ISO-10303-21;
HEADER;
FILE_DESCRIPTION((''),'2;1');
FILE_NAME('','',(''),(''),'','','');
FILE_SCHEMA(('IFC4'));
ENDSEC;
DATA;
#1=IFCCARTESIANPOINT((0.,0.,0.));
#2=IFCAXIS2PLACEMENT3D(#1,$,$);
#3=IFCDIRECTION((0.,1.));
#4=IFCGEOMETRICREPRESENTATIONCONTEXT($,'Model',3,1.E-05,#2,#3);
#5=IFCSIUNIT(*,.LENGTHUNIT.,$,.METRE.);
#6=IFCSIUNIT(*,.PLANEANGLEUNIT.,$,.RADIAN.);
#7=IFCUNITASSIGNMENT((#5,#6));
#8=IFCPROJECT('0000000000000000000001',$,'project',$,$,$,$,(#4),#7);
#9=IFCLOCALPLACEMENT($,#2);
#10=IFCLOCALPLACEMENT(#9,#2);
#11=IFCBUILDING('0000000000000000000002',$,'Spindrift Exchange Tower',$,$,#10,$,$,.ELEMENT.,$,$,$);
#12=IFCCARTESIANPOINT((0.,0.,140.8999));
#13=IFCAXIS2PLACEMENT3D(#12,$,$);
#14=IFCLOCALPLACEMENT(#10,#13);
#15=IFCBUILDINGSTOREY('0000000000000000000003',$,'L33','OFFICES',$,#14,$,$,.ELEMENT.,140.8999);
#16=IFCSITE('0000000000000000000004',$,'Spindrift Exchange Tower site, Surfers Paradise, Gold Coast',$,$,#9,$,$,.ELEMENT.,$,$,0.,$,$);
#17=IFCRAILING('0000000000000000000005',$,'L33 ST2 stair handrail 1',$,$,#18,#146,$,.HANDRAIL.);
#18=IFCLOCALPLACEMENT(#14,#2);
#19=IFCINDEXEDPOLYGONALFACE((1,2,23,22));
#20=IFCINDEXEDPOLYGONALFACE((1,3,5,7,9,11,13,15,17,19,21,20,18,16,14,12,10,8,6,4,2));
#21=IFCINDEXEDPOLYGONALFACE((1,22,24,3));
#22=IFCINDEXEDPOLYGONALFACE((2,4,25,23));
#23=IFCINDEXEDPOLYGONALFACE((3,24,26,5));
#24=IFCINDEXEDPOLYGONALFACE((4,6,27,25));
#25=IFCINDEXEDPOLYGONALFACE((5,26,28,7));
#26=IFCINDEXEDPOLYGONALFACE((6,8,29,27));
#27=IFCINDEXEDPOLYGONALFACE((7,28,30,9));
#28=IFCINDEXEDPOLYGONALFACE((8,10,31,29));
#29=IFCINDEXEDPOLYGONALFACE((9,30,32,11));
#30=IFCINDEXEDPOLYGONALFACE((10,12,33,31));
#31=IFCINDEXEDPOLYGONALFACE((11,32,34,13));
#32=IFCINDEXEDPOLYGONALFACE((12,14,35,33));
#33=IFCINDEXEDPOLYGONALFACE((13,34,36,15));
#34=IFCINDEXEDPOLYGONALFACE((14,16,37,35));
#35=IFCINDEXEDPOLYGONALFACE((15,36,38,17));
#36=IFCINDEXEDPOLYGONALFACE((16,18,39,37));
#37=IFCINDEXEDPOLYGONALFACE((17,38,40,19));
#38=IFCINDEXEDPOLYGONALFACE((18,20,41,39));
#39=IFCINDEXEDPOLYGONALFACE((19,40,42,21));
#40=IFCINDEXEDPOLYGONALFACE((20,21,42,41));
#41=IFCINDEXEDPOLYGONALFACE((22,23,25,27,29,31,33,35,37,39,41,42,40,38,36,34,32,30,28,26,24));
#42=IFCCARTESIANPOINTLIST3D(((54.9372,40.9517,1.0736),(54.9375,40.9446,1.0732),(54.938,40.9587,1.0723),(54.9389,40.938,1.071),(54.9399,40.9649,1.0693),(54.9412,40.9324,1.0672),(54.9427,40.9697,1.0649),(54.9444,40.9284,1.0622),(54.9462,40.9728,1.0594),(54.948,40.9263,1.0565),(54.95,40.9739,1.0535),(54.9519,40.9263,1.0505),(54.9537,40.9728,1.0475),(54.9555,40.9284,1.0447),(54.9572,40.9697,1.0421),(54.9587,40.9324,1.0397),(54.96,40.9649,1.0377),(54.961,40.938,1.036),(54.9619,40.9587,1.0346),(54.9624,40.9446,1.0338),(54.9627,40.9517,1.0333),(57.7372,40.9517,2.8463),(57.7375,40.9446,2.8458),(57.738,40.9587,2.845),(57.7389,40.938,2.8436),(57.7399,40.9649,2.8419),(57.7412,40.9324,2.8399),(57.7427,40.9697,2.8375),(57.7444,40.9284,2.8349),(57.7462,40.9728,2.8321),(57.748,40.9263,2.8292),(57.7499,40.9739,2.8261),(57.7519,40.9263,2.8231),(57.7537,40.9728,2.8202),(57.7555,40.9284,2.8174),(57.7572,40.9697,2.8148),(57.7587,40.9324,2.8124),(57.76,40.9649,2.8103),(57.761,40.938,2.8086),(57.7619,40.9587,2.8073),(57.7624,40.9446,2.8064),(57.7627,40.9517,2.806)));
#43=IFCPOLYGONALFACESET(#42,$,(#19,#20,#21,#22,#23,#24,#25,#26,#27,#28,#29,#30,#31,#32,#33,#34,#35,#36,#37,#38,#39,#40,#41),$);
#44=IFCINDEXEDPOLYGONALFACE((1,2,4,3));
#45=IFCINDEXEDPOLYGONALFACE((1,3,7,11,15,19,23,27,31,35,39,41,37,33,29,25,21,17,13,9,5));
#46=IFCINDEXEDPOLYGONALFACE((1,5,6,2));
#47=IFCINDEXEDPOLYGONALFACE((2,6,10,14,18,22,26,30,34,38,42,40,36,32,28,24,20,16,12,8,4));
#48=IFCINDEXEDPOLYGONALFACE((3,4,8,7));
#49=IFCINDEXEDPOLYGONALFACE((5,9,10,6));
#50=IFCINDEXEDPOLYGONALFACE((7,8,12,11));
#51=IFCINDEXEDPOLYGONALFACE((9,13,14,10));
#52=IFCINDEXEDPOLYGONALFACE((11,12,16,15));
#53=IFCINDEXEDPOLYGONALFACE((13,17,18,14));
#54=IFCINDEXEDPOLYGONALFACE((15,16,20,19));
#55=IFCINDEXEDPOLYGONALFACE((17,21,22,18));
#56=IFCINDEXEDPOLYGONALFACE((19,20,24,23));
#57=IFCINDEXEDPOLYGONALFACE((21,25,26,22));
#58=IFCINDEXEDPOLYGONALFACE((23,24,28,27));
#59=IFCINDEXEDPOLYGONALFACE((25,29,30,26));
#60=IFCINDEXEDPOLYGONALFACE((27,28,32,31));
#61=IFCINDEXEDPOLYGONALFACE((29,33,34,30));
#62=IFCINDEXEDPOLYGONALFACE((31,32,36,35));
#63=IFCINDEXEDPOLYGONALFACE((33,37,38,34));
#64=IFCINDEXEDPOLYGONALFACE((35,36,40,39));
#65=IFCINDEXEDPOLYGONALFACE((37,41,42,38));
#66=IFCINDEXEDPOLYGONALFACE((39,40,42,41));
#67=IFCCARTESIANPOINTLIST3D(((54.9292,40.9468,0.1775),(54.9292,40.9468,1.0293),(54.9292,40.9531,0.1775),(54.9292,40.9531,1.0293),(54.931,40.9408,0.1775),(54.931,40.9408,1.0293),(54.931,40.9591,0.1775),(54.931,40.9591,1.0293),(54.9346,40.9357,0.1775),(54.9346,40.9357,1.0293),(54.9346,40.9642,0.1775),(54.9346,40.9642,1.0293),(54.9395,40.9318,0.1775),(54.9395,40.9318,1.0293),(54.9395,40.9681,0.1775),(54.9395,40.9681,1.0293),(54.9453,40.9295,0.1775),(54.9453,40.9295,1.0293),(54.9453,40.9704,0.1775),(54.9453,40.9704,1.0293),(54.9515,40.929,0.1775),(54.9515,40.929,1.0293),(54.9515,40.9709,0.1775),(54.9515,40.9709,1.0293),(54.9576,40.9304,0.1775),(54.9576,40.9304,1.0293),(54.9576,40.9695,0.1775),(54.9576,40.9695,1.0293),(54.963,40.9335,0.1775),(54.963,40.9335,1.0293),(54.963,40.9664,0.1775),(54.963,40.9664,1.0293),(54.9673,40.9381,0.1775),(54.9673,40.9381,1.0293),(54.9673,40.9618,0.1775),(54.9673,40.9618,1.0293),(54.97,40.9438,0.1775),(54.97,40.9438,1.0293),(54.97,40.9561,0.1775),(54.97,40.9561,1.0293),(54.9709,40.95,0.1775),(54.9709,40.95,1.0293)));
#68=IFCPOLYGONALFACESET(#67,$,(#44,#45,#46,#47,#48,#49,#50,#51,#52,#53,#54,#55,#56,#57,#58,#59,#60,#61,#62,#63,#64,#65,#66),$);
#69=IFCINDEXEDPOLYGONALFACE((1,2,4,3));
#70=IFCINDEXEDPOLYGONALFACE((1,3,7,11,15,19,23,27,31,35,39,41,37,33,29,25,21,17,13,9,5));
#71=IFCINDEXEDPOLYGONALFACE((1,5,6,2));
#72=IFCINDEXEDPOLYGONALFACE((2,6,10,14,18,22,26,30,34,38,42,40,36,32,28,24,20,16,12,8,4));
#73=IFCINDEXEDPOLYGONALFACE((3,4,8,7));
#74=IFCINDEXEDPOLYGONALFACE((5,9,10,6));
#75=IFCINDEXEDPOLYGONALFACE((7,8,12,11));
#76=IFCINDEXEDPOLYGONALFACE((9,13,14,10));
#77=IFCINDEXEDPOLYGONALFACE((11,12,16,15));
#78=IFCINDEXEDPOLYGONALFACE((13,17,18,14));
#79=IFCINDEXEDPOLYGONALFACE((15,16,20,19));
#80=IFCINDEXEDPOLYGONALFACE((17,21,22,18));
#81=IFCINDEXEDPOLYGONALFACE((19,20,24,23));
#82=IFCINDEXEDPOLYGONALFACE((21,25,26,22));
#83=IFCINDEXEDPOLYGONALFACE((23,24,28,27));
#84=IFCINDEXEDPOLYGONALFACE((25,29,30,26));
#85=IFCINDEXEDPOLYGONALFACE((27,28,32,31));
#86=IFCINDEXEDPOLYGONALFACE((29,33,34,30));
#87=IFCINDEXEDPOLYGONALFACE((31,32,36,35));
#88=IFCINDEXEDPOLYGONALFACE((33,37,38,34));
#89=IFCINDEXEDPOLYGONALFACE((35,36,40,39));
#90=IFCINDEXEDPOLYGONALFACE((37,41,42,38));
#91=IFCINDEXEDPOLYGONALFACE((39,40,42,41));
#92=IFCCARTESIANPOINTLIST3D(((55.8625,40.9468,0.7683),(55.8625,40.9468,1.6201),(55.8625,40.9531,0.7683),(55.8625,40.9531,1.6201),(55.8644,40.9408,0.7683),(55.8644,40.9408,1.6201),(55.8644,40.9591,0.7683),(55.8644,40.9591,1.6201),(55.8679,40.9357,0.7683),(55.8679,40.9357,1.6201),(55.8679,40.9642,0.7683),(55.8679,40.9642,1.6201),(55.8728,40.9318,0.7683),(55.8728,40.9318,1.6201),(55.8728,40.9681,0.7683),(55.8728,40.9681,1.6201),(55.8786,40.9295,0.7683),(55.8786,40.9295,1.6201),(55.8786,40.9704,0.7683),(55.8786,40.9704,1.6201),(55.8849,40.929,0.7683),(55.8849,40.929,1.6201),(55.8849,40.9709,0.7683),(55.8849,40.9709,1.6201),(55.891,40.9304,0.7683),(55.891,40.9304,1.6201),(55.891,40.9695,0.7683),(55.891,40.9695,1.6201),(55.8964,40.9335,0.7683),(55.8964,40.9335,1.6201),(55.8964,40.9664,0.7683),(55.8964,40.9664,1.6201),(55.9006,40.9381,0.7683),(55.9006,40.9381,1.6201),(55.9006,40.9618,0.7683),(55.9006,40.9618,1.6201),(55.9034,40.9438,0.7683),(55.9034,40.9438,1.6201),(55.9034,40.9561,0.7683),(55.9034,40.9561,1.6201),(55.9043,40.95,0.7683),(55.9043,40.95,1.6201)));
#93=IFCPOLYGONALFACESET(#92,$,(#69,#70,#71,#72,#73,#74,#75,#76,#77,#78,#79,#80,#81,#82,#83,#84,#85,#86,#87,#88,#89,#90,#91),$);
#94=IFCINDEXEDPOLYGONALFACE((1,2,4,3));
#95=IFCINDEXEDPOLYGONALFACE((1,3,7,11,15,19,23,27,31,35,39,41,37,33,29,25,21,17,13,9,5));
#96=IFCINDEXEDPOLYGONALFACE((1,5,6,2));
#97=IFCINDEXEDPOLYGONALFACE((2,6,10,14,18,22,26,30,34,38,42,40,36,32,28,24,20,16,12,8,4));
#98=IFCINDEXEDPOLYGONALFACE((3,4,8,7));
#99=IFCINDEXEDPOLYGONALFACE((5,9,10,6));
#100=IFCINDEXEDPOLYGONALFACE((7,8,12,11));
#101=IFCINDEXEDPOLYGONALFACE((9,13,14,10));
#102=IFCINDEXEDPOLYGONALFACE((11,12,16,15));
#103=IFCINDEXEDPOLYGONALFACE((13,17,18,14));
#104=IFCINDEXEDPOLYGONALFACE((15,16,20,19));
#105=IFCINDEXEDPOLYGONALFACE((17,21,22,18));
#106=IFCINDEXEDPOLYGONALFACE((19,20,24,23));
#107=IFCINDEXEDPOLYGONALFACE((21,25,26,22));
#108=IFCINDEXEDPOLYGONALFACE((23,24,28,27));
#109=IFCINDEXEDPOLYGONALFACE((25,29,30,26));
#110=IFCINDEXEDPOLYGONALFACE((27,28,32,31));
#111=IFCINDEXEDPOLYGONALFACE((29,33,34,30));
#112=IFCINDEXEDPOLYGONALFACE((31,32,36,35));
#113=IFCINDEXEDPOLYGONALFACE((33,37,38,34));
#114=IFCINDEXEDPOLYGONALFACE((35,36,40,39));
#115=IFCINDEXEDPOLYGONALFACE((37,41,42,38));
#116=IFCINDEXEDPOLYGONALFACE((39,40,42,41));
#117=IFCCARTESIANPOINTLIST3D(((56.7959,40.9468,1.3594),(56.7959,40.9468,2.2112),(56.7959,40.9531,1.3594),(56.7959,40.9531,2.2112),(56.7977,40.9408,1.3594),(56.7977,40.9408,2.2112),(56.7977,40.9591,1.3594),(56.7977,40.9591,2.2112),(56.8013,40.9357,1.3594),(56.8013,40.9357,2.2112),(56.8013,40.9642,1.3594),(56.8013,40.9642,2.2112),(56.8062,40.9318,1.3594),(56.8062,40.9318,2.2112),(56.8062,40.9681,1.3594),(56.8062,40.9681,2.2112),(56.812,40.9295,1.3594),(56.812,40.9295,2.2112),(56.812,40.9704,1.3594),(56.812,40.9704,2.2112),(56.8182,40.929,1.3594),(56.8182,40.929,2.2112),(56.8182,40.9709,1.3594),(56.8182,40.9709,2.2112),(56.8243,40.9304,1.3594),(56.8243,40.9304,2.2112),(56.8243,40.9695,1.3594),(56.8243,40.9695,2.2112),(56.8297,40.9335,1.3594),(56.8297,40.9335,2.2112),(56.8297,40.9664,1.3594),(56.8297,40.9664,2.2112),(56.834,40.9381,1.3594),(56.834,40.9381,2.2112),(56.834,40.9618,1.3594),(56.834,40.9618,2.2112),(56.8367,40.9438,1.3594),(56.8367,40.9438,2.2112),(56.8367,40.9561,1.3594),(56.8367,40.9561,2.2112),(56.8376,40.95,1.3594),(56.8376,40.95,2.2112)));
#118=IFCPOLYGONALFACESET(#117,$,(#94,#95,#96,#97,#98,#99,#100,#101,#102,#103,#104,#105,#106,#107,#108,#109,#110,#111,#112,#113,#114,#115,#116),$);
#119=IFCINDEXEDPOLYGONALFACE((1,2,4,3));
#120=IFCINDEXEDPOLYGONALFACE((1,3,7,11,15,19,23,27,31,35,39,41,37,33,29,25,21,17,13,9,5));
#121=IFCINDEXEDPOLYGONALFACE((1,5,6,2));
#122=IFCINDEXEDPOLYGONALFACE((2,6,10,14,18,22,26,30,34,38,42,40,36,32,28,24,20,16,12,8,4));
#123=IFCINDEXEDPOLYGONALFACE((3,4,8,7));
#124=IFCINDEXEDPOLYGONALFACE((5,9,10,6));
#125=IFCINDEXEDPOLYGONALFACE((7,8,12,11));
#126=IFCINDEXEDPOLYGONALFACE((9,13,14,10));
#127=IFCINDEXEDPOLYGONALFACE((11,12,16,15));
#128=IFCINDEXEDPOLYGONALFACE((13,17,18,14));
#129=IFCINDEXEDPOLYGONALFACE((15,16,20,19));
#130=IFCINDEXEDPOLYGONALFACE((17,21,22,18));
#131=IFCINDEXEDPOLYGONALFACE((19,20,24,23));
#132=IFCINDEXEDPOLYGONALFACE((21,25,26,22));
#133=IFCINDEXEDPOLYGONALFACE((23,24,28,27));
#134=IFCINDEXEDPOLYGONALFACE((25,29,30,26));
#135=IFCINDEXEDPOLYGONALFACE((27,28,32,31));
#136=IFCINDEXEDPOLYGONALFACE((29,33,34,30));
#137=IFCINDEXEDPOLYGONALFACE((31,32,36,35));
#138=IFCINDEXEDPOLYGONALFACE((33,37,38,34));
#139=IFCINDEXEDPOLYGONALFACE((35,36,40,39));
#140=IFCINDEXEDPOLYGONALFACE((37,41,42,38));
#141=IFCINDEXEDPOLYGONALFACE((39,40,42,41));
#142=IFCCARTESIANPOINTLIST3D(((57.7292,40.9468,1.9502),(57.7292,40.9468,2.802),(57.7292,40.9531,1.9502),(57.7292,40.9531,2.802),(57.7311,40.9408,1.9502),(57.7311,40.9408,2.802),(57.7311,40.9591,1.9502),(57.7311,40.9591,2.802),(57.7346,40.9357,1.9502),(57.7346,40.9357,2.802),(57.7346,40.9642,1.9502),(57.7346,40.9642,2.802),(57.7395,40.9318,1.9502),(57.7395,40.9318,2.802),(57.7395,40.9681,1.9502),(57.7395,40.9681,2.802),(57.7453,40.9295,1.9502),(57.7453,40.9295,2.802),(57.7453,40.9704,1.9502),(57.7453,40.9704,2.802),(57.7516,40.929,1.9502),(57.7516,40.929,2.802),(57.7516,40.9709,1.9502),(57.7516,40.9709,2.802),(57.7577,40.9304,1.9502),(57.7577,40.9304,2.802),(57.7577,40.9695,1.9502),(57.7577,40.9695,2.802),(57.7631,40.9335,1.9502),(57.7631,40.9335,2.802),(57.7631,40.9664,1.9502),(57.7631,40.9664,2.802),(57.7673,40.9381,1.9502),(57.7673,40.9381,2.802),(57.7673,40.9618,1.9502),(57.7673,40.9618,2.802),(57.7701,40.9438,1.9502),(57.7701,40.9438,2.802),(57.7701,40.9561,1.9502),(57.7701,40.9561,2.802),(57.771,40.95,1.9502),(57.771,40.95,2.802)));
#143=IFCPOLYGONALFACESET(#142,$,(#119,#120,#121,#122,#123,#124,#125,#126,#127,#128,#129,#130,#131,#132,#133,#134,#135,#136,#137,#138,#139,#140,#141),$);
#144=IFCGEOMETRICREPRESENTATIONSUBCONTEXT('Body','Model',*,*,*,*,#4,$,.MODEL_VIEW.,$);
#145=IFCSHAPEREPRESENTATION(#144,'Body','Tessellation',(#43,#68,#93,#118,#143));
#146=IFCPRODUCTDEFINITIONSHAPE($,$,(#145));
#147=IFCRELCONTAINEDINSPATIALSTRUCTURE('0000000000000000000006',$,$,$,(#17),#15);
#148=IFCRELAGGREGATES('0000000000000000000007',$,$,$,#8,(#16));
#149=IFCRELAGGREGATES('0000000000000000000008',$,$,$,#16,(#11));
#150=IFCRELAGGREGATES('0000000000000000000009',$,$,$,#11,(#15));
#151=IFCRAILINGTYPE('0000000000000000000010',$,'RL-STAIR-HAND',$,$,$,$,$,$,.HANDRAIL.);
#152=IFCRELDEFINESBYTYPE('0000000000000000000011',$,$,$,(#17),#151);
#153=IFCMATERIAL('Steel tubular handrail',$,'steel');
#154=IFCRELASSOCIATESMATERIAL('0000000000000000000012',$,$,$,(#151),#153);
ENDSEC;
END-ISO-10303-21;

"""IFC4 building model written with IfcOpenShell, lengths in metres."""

from ifc_helpers import new_model, si_unit, direction, frame, origin, origin_2d, place, context, subcontext, project, spatial, circle, extrude, material, type_object, element, save


model = new_model("IFC4")

# Units and contexts
model_context = context("Model", 3, precision=1e-05, world=origin(), true_north=direction((0.0, 1.0)))
body_context = subcontext(model_context, "Body", "Model", "MODEL_VIEW")
ifc_project = project(units=[si_unit("LENGTHUNIT", "METRE"), si_unit("PLANEANGLEUNIT", "RADIAN")], contexts=[model_context])

# Site, building, storey
site_placement = place(None, origin())
site = spatial("IfcSite", under=ifc_project, at=site_placement, Name="Spindrift Exchange Tower site, Surfers Paradise, Gold Coast", CompositionType="ELEMENT", RefElevation=0.0)
building_placement = place(site_placement, origin())
building = spatial("IfcBuilding", under=site, at=building_placement, Name="Spindrift Exchange Tower", CompositionType="ELEMENT")
storey_placement = place(building_placement, frame((0.0, 0.0, 140.8999)))
storey = spatial("IfcBuildingStorey", under=building, at=storey_placement, Name="L33", Description="OFFICES", CompositionType="ELEMENT", Elevation=140.8999)

# Railing
ifc_material_1 = material(Name="Steel tubular handrail", Category="steel")
railing_type_1 = type_object("IfcRailingType", Name="RL-STAIR-HAND", PredefinedType="HANDRAIL", material=ifc_material_1)
railing_1_placement = place(storey_placement, frame((54.95, 40.95, 0.1775)))
element("IfcRailing", 1, at=railing_1_placement, inside=storey, type_object=railing_type_1, Name="L33 ST2 stair handrail 1", PredefinedType="HANDRAIL", context=body_context, shape_type="SweptSolid", body=[
    extrude(circle(Radius=0.0239, at=origin_2d()), frame((0.0, 0.0, 0.876), z_axis=(0.844909, 0.0, 0.53491), x_axis=(0.0, 1.0, 0.0)), (0.0, 0.0, 1.0), 3.314),
    extrude(circle(Radius=0.021, at=origin_2d()), origin(), (0.0, 0.0, 1.0), 0.8518),
    extrude(circle(Radius=0.021, at=origin_2d()), frame((0.9333, 0.0, 0.5908)), (0.0, 0.0, 1.0), 0.8518),
    extrude(circle(Radius=0.021, at=origin_2d()), frame((1.8667, 0.0, 1.1819)), (0.0, 0.0, 1.0), 0.8518),
    extrude(circle(Radius=0.021, at=origin_2d()), frame((2.8, 0.0, 1.7727)), (0.0, 0.0, 1.0), 0.8518),
])

save(model, "model.ifc")
